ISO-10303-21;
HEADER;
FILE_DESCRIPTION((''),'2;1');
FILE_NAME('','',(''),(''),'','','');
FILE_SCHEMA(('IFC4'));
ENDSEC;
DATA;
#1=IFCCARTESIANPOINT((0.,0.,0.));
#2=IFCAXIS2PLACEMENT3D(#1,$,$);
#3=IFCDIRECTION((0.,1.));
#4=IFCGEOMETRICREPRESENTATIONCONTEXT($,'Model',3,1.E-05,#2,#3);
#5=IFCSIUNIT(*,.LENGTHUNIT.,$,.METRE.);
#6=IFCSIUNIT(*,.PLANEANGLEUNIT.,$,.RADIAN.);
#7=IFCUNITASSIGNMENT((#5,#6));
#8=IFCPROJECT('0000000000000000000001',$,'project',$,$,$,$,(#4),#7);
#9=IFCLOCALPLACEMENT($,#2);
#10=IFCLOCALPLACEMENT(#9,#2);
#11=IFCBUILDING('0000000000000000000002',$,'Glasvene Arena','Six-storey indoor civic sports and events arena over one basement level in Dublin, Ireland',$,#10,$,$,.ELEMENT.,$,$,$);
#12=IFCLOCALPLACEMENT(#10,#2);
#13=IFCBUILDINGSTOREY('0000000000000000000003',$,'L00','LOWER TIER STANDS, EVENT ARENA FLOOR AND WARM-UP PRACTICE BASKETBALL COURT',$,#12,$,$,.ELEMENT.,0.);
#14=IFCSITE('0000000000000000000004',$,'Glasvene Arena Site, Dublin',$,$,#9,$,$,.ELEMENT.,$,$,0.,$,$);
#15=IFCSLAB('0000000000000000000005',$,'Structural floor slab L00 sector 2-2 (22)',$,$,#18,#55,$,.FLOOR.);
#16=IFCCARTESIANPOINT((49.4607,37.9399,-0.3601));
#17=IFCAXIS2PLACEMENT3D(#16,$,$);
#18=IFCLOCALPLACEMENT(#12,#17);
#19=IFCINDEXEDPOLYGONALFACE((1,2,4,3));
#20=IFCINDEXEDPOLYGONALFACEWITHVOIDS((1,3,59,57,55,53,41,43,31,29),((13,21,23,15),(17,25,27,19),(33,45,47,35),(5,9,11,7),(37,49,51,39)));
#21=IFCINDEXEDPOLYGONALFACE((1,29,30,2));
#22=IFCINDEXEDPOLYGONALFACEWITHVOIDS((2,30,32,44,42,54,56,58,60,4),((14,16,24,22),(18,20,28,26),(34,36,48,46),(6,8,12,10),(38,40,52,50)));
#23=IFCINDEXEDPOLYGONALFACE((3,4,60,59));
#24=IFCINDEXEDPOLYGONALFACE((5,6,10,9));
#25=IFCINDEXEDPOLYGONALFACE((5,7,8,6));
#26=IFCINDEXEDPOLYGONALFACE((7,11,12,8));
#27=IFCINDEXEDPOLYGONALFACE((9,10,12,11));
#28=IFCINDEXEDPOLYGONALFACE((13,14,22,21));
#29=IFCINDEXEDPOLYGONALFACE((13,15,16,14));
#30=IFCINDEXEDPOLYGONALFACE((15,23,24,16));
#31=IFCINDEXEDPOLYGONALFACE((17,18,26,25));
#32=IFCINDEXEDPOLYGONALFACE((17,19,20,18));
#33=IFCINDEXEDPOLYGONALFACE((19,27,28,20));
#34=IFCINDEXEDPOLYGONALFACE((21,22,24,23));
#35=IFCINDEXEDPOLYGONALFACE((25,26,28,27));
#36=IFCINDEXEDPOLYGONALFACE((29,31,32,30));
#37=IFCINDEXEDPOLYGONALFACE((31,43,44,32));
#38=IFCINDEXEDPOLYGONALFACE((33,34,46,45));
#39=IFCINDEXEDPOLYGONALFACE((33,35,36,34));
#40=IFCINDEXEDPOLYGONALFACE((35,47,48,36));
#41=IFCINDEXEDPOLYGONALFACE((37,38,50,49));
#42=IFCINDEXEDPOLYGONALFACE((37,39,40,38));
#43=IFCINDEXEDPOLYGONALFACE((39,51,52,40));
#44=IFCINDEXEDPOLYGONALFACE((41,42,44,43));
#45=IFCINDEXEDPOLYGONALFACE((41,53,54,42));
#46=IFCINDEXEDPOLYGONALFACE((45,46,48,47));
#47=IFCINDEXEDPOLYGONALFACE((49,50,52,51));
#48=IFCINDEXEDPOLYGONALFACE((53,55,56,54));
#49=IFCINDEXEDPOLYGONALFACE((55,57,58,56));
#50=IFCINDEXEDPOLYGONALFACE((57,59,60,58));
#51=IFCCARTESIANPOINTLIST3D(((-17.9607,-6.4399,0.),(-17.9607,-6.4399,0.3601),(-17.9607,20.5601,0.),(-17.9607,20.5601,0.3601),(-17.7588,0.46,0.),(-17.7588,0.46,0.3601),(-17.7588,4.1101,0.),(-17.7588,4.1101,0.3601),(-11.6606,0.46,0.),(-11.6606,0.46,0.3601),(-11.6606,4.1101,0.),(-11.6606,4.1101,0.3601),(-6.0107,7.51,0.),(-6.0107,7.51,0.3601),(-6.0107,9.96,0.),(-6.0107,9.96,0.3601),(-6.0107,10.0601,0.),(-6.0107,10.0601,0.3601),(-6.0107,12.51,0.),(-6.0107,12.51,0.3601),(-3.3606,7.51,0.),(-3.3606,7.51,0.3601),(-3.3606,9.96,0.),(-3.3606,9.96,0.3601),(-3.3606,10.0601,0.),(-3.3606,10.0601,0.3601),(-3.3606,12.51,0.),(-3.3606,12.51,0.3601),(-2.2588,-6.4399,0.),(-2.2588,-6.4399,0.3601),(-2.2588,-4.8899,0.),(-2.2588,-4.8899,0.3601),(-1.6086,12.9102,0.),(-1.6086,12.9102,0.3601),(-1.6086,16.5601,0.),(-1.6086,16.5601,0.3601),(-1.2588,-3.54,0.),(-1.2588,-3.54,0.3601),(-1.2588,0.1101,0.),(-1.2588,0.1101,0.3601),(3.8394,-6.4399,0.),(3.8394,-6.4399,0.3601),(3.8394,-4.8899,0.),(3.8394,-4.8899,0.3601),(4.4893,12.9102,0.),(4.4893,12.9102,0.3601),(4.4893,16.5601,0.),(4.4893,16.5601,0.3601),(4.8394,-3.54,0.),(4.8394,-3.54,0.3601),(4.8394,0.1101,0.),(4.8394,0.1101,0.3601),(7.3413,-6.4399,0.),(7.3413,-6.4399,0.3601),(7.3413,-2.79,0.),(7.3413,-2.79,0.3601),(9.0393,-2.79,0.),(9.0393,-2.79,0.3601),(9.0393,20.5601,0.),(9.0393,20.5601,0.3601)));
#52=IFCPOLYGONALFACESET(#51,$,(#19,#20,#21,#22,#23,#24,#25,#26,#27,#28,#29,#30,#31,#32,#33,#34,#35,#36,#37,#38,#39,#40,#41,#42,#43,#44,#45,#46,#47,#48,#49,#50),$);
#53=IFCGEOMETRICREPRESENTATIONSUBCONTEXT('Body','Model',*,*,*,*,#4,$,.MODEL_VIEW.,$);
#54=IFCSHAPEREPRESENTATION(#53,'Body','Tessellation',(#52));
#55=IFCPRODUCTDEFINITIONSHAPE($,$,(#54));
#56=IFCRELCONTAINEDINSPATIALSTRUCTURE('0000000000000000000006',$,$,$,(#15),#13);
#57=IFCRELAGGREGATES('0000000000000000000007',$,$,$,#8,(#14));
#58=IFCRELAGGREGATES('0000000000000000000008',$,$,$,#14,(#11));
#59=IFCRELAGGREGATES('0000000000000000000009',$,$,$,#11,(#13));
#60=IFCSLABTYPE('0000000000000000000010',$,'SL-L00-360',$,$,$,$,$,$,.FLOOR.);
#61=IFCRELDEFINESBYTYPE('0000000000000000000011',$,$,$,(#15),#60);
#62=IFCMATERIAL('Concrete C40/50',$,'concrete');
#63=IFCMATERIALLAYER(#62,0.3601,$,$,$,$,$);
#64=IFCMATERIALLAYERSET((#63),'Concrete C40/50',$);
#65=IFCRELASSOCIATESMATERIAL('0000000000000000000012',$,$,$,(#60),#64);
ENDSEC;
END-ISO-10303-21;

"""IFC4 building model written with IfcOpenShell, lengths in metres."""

from ifc_helpers import new_model, si_unit, direction, frame, origin, place, context, subcontext, project, spatial, polyline, outline, extrude, material, layer, layer_set, type_object, element, save


model = new_model("IFC4")

# Units and contexts
model_context = context("Model", 3, precision=1e-05, world=origin(), true_north=direction((0.0, 1.0)))
body_context = subcontext(model_context, "Body", "Model", "MODEL_VIEW")
ifc_project = project(units=[si_unit("LENGTHUNIT", "METRE"), si_unit("PLANEANGLEUNIT", "RADIAN")], contexts=[model_context])

# Site, building, storey
site_placement = place(None, origin())
site = spatial("IfcSite", under=ifc_project, at=site_placement, Name="Glasvene Arena Site, Dublin", CompositionType="ELEMENT", RefElevation=0.0)
building_placement = place(site_placement, origin())
building = spatial("IfcBuilding", under=site, at=building_placement, Name="Glasvene Arena", Description="Six-storey indoor civic sports and events arena over one basement level in Dublin, Ireland", CompositionType="ELEMENT")
storey_placement = place(building_placement, origin())
storey = spatial("IfcBuildingStorey", under=building, at=storey_placement, Name="L00", Description="LOWER TIER STANDS, EVENT ARENA FLOOR AND WARM-UP PRACTICE BASKETBALL COURT", CompositionType="ELEMENT", Elevation=0.0)

# Shared definitions
ifc_material_1 = material(Name="Concrete C40/50", Category="concrete")

# Slab
ifc_layer_1 = layer(ifc_material_1, 0.3601)
ifc_layer_set_1 = layer_set([ifc_layer_1], Name="Concrete C40/50")
slab_type_1 = type_object("IfcSlabType", Name="SL-L00-360", PredefinedType="FLOOR", material=ifc_layer_set_1)
slab_1_placement = place(storey_placement, frame((49.4607, 37.9399, -0.3601)))
element("IfcSlab", 1, at=slab_1_placement, inside=storey, type_object=slab_type_1, Name="Structural floor slab L00 sector 2-2 (22)", PredefinedType="FLOOR", context=body_context, shape_type="SweptSolid", body=[
    extrude(outline(polyline([(-17.9607, 20.5601), (9.0393, 20.5601), (9.0393, -2.79), (7.3413, -2.79), (7.3413, -6.4399), (3.8394, -6.4399), (3.8394, -4.8899), (-2.2588, -4.8899), (-2.2588, -6.4399), (-17.9607, -6.4399), (-17.9607, 20.5601)]), holes=[polyline([(4.8394, -3.54), (4.8394, 0.1101), (-1.2588, 0.1101), (-1.2588, -3.54), (4.8394, -3.54)]), polyline([(-11.6606, 0.46), (-11.6606, 4.1101), (-17.7588, 4.1101), (-17.7588, 0.46), (-11.6606, 0.46)]), polyline([(-3.3606, 7.51), (-3.3606, 9.96), (-6.0107, 9.96), (-6.0107, 7.51), (-3.3606, 7.51)]), polyline([(-6.0107, 10.0601), (-3.3606, 10.0601), (-3.3606, 12.51), (-6.0107, 12.51), (-6.0107, 10.0601)]), polyline([(-1.6086, 12.9102), (4.4893, 12.9102), (4.4893, 16.5601), (-1.6086, 16.5601), (-1.6086, 12.9102)])]), origin(), (0.0, 0.0, 1.0), 0.3601),
])

save(model, "model.ifc")
